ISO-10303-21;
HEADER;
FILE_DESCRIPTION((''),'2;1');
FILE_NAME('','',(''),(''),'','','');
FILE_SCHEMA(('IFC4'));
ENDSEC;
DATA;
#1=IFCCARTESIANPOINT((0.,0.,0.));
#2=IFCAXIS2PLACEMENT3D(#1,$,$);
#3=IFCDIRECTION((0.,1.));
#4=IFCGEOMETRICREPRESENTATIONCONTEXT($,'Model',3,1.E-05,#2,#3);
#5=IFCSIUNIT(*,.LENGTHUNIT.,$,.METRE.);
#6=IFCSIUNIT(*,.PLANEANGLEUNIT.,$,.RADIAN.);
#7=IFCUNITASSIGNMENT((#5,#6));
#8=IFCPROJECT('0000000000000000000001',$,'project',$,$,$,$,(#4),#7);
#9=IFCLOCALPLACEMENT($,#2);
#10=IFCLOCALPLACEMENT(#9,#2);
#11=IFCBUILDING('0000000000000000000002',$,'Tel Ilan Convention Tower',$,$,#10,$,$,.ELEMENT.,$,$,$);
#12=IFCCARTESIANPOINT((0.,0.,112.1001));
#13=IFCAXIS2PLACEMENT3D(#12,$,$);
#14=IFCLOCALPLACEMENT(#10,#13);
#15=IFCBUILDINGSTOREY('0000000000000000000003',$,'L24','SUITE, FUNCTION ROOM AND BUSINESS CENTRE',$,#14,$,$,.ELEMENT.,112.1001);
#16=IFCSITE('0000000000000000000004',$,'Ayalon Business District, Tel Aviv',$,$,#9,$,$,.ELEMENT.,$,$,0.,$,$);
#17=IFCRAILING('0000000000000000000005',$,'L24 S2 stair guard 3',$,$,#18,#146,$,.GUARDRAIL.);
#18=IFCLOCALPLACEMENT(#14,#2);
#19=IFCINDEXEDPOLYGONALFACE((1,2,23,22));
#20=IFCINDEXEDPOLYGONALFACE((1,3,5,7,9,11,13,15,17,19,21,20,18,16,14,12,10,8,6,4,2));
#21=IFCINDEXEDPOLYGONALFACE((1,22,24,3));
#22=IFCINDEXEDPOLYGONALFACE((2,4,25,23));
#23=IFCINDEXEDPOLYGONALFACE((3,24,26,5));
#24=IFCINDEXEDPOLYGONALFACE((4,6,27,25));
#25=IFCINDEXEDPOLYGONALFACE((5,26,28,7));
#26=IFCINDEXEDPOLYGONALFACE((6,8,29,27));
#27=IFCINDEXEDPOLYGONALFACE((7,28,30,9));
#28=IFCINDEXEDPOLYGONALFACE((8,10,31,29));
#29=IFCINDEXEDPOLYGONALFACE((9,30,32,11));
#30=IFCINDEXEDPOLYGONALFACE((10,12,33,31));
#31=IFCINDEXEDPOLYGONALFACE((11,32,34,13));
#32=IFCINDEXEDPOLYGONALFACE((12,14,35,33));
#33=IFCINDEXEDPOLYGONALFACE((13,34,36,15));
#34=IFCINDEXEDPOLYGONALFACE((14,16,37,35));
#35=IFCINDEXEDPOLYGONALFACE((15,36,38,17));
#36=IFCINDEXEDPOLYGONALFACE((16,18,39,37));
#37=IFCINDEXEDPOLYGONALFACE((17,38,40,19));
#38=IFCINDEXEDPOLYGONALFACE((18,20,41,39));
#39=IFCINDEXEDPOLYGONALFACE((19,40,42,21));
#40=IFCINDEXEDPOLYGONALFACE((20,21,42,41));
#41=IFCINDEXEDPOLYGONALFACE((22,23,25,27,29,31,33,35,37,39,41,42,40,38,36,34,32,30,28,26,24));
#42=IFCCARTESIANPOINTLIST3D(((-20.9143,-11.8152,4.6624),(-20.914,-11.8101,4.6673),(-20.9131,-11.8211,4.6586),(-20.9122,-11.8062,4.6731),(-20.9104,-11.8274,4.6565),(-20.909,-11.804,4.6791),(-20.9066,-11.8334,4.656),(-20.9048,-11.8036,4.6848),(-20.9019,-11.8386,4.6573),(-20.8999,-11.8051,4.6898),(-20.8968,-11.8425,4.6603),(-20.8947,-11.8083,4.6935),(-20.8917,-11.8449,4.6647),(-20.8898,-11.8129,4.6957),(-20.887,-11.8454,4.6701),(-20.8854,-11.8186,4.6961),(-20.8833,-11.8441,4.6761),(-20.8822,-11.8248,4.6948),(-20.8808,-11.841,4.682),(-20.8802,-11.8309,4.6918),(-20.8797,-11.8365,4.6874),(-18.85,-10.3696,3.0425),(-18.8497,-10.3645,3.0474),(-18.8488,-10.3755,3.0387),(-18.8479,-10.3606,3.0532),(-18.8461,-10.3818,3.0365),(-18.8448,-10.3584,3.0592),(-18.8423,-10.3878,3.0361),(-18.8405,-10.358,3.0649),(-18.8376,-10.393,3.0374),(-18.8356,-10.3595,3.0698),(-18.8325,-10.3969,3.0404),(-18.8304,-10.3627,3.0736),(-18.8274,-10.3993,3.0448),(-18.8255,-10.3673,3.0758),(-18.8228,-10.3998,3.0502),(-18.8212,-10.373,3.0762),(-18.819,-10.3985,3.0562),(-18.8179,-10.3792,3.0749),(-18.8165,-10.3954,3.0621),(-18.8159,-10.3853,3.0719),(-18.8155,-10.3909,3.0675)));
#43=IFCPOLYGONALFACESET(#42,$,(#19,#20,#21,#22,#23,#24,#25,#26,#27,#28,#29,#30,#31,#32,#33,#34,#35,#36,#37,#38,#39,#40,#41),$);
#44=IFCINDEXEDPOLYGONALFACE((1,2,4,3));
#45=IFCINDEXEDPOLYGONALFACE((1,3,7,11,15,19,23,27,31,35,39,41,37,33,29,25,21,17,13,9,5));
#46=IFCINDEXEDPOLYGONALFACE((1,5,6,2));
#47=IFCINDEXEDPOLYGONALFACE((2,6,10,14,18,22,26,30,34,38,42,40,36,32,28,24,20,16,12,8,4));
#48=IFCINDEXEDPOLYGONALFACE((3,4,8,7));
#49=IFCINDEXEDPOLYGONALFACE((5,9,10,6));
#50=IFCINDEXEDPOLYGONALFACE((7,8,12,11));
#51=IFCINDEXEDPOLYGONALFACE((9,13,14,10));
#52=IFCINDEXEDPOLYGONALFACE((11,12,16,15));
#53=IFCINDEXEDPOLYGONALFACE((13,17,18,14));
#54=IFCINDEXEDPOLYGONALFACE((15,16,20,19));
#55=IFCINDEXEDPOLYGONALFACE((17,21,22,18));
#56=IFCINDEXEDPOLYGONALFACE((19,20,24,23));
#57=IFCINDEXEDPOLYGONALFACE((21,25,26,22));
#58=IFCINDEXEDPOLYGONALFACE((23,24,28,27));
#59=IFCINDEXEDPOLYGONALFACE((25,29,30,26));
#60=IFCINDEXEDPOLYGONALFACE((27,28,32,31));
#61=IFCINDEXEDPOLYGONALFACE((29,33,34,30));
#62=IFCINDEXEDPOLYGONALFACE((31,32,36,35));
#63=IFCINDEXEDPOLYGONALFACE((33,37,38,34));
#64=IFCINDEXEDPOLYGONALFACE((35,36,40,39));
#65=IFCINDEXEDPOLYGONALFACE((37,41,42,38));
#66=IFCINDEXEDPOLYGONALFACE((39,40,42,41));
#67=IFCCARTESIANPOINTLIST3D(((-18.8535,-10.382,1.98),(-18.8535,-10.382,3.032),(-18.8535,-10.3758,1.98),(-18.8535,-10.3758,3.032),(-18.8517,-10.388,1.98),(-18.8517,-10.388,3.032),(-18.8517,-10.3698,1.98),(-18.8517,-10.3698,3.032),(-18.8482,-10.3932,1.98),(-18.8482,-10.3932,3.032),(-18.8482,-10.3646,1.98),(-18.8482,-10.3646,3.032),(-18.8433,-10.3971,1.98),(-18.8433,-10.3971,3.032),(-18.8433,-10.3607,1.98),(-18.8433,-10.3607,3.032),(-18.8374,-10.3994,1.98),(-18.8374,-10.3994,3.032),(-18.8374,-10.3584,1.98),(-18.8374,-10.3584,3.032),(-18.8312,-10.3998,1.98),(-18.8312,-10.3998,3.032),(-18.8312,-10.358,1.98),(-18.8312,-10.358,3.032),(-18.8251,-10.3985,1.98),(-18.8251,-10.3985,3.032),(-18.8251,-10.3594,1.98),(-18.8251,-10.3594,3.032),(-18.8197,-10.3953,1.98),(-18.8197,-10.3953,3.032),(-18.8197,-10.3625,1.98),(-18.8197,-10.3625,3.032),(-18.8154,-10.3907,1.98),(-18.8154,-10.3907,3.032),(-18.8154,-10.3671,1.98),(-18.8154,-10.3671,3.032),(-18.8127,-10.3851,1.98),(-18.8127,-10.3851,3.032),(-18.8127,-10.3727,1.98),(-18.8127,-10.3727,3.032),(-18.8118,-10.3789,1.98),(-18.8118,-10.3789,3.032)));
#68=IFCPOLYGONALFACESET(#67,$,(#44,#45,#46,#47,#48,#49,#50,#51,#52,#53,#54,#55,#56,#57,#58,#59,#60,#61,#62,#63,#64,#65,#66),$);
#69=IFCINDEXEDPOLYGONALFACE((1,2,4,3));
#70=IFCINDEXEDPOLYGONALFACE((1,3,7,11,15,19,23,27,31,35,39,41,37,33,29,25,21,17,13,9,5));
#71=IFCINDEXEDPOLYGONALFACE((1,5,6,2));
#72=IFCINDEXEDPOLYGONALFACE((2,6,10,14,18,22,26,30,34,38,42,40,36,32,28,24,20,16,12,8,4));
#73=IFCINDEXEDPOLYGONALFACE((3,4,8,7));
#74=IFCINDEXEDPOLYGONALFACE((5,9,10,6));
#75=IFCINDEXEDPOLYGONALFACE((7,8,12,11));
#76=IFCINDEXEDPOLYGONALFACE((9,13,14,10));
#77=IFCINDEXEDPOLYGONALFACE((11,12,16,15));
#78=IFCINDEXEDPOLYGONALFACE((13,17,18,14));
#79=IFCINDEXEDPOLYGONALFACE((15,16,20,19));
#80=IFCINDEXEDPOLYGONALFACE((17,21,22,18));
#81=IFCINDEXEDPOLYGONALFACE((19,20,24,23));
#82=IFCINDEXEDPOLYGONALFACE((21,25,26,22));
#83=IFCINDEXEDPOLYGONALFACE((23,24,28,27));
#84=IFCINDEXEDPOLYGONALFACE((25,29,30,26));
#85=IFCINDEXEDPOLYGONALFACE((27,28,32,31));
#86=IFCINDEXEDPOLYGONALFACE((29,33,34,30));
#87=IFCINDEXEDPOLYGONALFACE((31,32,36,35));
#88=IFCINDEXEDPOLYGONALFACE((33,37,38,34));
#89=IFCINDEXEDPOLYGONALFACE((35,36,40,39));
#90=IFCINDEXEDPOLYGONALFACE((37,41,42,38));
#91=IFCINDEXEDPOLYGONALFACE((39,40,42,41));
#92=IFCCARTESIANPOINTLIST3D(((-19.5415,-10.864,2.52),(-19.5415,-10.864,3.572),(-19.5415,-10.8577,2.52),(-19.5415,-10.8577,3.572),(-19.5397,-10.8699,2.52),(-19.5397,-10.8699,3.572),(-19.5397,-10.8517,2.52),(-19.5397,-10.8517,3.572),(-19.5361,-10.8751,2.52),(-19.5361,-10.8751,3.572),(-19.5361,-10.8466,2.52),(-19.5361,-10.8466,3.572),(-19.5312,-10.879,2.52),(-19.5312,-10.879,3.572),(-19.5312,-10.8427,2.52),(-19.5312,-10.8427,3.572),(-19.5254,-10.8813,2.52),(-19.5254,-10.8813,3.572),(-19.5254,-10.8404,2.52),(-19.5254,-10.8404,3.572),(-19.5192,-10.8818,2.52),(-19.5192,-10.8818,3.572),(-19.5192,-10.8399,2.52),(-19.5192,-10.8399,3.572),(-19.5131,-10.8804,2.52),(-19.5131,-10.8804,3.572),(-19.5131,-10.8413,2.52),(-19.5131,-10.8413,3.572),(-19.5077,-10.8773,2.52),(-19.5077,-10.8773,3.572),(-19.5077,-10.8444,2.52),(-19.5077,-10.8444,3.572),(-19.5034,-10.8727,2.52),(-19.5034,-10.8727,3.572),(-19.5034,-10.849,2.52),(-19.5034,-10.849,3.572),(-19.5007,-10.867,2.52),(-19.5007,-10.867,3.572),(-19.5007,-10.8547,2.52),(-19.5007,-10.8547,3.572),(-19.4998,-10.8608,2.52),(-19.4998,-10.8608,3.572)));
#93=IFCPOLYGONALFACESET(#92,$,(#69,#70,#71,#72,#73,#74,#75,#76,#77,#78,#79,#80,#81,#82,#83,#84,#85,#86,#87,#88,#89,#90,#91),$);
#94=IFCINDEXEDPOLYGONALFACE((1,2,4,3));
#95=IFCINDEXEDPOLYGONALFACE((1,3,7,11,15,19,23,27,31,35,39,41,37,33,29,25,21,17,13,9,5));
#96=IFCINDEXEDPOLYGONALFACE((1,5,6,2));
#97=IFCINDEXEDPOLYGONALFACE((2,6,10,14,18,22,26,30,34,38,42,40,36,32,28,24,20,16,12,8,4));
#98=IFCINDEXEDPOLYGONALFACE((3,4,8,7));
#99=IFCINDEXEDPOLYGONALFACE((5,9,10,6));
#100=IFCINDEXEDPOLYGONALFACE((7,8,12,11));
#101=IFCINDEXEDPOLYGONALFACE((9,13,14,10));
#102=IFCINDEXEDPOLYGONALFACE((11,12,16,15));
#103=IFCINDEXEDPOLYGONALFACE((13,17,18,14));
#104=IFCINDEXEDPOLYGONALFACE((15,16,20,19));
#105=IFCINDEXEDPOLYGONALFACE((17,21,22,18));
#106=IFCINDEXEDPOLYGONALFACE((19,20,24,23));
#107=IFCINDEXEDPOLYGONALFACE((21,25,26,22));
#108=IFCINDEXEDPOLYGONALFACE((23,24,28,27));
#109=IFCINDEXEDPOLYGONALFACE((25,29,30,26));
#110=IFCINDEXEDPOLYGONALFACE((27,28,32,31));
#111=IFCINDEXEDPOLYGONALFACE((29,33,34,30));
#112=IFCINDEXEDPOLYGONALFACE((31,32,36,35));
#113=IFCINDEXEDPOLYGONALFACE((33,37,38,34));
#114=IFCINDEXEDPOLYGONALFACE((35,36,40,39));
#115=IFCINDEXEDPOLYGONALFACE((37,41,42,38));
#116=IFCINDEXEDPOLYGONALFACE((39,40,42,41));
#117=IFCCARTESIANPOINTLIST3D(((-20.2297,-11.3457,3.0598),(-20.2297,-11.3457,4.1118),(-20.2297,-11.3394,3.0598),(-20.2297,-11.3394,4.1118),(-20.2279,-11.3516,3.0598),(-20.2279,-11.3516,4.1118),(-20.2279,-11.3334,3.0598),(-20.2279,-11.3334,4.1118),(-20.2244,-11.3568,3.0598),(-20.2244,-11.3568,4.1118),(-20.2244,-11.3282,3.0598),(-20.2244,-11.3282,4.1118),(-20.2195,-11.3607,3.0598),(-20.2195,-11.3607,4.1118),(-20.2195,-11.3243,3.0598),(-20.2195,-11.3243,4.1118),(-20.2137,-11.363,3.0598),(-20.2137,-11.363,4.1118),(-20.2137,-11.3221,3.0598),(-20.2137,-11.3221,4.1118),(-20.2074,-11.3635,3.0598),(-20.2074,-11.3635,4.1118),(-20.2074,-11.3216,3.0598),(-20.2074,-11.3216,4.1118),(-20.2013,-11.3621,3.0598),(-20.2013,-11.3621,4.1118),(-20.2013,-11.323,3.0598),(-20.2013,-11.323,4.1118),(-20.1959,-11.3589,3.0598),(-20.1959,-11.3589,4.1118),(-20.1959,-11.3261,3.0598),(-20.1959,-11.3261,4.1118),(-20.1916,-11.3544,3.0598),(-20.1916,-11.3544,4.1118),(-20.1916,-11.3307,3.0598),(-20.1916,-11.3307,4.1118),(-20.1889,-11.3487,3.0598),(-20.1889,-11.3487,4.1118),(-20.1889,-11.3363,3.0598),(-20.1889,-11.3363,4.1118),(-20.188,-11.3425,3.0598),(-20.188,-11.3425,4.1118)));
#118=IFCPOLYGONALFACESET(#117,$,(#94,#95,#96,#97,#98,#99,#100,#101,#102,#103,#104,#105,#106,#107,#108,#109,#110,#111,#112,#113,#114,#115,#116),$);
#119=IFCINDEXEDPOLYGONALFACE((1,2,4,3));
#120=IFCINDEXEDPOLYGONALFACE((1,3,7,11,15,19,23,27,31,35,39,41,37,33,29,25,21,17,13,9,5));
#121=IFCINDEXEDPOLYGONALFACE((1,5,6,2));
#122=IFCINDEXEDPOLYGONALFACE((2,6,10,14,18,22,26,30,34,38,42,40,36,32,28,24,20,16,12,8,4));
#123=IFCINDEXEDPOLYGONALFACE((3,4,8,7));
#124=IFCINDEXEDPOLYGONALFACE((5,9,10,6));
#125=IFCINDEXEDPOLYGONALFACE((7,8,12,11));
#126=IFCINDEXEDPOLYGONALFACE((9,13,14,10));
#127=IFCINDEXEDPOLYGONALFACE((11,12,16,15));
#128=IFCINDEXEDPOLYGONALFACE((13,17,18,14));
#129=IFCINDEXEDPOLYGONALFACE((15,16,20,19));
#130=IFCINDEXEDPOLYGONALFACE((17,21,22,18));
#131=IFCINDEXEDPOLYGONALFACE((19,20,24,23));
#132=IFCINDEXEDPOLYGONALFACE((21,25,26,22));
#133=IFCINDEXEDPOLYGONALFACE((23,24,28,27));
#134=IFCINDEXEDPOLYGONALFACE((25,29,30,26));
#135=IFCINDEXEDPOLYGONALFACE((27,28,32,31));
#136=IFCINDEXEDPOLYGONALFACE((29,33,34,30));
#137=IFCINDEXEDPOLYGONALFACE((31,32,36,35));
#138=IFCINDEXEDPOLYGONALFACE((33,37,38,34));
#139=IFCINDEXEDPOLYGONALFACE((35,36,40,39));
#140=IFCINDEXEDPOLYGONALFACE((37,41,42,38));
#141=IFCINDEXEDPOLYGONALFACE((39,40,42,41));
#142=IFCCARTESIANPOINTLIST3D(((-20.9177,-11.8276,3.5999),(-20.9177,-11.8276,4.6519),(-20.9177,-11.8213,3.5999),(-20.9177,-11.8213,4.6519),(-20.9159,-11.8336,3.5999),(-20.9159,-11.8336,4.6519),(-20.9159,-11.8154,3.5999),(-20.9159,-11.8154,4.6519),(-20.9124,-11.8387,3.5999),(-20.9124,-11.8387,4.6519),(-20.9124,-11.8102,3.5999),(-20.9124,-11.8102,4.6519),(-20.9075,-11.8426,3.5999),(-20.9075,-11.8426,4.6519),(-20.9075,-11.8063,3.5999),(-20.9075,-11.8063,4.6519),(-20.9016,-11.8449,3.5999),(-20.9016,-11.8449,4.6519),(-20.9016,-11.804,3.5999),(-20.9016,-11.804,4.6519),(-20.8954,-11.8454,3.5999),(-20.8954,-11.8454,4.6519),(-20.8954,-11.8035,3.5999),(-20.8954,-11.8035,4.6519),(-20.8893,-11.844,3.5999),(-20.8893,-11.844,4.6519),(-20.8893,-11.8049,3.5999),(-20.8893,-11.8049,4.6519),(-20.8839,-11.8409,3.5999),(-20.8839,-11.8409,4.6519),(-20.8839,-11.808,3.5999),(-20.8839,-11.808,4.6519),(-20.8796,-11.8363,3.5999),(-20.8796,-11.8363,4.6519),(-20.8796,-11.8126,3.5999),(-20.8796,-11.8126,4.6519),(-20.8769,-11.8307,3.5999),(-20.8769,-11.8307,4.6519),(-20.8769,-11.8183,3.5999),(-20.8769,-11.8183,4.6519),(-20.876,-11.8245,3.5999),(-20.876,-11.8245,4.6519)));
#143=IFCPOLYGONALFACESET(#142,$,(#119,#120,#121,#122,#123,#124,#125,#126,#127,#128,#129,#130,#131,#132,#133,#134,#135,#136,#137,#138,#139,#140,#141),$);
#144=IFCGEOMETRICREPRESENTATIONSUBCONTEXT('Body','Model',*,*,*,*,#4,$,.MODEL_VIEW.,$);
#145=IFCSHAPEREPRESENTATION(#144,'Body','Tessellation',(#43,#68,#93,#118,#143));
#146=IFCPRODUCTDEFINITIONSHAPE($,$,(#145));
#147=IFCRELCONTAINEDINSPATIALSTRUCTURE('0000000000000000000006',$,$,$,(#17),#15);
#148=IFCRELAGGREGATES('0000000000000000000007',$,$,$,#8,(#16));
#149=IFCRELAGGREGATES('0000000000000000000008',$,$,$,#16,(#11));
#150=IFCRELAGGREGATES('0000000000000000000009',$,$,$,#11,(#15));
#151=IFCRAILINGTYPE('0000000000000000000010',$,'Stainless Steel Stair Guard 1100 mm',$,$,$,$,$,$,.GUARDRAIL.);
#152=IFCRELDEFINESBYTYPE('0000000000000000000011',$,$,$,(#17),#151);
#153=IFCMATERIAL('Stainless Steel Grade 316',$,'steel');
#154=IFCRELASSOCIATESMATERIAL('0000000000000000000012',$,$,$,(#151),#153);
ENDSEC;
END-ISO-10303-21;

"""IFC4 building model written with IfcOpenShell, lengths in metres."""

from ifc_helpers import new_model, si_unit, direction, frame, origin, origin_2d, place, context, subcontext, project, spatial, circle, extrude, material, type_object, element, save


model = new_model("IFC4")

# Units and contexts
model_context = context("Model", 3, precision=1e-05, world=origin(), true_north=direction((0.0, 1.0)))
body_context = subcontext(model_context, "Body", "Model", "MODEL_VIEW")
ifc_project = project(units=[si_unit("LENGTHUNIT", "METRE"), si_unit("PLANEANGLEUNIT", "RADIAN")], contexts=[model_context])

# Site, building, storey
site_placement = place(None, origin())
site = spatial("IfcSite", under=ifc_project, at=site_placement, Name="Ayalon Business District, Tel Aviv", CompositionType="ELEMENT", RefElevation=0.0)
building_placement = place(site_placement, origin())
building = spatial("IfcBuilding", under=site, at=building_placement, Name="Tel Ilan Convention Tower", CompositionType="ELEMENT")
storey_placement = place(building_placement, frame((0.0, 0.0, 112.1001)))
storey = spatial("IfcBuildingStorey", under=building, at=storey_placement, Name="L24", Description="SUITE, FUNCTION ROOM AND BUSINESS CENTRE", CompositionType="ELEMENT", Elevation=112.1001)

# Railing
ifc_material_1 = material(Name="Stainless Steel Grade 316", Category="steel")
railing_type_1 = type_object("IfcRailingType", Name="Stainless Steel Stair Guard 1100 mm", PredefinedType="GUARDRAIL", material=ifc_material_1)
railing_1_placement = place(storey_placement, frame((-18.8328, -10.3789, 1.98)))
element("IfcRailing", 1, at=railing_1_placement, inside=storey, type_object=railing_type_1, Name="L24 S2 stair guard 3", PredefinedType="GUARDRAIL", context=body_context, shape_type="SweptSolid", body=[
    extrude(circle(Radius=0.0239, at=origin_2d()), frame((0.0, 0.0, 1.0762), z_axis=(-0.689043, -0.482534, 0.540722), x_axis=(0.573625, -0.819118, 0.0)), (0.0, 0.0, 1.0), 2.9958),
    extrude(circle(Radius=0.021, at=origin_2d()), origin(), (0.0, 0.0, 1.0), 1.052),
    extrude(circle(Radius=0.021, at=origin_2d()), frame((-0.688, -0.4819, 0.54)), (0.0, 0.0, 1.0), 1.052),
    extrude(circle(Radius=0.021, at=origin_2d()), frame((-1.3762, -0.9636, 1.0798)), (0.0, 0.0, 1.0), 1.052),
    extrude(circle(Radius=0.021, at=origin_2d()), frame((-2.0642, -1.4456, 1.6199)), (0.0, 0.0, 1.0), 1.052),
])

save(model, "model.ifc")
